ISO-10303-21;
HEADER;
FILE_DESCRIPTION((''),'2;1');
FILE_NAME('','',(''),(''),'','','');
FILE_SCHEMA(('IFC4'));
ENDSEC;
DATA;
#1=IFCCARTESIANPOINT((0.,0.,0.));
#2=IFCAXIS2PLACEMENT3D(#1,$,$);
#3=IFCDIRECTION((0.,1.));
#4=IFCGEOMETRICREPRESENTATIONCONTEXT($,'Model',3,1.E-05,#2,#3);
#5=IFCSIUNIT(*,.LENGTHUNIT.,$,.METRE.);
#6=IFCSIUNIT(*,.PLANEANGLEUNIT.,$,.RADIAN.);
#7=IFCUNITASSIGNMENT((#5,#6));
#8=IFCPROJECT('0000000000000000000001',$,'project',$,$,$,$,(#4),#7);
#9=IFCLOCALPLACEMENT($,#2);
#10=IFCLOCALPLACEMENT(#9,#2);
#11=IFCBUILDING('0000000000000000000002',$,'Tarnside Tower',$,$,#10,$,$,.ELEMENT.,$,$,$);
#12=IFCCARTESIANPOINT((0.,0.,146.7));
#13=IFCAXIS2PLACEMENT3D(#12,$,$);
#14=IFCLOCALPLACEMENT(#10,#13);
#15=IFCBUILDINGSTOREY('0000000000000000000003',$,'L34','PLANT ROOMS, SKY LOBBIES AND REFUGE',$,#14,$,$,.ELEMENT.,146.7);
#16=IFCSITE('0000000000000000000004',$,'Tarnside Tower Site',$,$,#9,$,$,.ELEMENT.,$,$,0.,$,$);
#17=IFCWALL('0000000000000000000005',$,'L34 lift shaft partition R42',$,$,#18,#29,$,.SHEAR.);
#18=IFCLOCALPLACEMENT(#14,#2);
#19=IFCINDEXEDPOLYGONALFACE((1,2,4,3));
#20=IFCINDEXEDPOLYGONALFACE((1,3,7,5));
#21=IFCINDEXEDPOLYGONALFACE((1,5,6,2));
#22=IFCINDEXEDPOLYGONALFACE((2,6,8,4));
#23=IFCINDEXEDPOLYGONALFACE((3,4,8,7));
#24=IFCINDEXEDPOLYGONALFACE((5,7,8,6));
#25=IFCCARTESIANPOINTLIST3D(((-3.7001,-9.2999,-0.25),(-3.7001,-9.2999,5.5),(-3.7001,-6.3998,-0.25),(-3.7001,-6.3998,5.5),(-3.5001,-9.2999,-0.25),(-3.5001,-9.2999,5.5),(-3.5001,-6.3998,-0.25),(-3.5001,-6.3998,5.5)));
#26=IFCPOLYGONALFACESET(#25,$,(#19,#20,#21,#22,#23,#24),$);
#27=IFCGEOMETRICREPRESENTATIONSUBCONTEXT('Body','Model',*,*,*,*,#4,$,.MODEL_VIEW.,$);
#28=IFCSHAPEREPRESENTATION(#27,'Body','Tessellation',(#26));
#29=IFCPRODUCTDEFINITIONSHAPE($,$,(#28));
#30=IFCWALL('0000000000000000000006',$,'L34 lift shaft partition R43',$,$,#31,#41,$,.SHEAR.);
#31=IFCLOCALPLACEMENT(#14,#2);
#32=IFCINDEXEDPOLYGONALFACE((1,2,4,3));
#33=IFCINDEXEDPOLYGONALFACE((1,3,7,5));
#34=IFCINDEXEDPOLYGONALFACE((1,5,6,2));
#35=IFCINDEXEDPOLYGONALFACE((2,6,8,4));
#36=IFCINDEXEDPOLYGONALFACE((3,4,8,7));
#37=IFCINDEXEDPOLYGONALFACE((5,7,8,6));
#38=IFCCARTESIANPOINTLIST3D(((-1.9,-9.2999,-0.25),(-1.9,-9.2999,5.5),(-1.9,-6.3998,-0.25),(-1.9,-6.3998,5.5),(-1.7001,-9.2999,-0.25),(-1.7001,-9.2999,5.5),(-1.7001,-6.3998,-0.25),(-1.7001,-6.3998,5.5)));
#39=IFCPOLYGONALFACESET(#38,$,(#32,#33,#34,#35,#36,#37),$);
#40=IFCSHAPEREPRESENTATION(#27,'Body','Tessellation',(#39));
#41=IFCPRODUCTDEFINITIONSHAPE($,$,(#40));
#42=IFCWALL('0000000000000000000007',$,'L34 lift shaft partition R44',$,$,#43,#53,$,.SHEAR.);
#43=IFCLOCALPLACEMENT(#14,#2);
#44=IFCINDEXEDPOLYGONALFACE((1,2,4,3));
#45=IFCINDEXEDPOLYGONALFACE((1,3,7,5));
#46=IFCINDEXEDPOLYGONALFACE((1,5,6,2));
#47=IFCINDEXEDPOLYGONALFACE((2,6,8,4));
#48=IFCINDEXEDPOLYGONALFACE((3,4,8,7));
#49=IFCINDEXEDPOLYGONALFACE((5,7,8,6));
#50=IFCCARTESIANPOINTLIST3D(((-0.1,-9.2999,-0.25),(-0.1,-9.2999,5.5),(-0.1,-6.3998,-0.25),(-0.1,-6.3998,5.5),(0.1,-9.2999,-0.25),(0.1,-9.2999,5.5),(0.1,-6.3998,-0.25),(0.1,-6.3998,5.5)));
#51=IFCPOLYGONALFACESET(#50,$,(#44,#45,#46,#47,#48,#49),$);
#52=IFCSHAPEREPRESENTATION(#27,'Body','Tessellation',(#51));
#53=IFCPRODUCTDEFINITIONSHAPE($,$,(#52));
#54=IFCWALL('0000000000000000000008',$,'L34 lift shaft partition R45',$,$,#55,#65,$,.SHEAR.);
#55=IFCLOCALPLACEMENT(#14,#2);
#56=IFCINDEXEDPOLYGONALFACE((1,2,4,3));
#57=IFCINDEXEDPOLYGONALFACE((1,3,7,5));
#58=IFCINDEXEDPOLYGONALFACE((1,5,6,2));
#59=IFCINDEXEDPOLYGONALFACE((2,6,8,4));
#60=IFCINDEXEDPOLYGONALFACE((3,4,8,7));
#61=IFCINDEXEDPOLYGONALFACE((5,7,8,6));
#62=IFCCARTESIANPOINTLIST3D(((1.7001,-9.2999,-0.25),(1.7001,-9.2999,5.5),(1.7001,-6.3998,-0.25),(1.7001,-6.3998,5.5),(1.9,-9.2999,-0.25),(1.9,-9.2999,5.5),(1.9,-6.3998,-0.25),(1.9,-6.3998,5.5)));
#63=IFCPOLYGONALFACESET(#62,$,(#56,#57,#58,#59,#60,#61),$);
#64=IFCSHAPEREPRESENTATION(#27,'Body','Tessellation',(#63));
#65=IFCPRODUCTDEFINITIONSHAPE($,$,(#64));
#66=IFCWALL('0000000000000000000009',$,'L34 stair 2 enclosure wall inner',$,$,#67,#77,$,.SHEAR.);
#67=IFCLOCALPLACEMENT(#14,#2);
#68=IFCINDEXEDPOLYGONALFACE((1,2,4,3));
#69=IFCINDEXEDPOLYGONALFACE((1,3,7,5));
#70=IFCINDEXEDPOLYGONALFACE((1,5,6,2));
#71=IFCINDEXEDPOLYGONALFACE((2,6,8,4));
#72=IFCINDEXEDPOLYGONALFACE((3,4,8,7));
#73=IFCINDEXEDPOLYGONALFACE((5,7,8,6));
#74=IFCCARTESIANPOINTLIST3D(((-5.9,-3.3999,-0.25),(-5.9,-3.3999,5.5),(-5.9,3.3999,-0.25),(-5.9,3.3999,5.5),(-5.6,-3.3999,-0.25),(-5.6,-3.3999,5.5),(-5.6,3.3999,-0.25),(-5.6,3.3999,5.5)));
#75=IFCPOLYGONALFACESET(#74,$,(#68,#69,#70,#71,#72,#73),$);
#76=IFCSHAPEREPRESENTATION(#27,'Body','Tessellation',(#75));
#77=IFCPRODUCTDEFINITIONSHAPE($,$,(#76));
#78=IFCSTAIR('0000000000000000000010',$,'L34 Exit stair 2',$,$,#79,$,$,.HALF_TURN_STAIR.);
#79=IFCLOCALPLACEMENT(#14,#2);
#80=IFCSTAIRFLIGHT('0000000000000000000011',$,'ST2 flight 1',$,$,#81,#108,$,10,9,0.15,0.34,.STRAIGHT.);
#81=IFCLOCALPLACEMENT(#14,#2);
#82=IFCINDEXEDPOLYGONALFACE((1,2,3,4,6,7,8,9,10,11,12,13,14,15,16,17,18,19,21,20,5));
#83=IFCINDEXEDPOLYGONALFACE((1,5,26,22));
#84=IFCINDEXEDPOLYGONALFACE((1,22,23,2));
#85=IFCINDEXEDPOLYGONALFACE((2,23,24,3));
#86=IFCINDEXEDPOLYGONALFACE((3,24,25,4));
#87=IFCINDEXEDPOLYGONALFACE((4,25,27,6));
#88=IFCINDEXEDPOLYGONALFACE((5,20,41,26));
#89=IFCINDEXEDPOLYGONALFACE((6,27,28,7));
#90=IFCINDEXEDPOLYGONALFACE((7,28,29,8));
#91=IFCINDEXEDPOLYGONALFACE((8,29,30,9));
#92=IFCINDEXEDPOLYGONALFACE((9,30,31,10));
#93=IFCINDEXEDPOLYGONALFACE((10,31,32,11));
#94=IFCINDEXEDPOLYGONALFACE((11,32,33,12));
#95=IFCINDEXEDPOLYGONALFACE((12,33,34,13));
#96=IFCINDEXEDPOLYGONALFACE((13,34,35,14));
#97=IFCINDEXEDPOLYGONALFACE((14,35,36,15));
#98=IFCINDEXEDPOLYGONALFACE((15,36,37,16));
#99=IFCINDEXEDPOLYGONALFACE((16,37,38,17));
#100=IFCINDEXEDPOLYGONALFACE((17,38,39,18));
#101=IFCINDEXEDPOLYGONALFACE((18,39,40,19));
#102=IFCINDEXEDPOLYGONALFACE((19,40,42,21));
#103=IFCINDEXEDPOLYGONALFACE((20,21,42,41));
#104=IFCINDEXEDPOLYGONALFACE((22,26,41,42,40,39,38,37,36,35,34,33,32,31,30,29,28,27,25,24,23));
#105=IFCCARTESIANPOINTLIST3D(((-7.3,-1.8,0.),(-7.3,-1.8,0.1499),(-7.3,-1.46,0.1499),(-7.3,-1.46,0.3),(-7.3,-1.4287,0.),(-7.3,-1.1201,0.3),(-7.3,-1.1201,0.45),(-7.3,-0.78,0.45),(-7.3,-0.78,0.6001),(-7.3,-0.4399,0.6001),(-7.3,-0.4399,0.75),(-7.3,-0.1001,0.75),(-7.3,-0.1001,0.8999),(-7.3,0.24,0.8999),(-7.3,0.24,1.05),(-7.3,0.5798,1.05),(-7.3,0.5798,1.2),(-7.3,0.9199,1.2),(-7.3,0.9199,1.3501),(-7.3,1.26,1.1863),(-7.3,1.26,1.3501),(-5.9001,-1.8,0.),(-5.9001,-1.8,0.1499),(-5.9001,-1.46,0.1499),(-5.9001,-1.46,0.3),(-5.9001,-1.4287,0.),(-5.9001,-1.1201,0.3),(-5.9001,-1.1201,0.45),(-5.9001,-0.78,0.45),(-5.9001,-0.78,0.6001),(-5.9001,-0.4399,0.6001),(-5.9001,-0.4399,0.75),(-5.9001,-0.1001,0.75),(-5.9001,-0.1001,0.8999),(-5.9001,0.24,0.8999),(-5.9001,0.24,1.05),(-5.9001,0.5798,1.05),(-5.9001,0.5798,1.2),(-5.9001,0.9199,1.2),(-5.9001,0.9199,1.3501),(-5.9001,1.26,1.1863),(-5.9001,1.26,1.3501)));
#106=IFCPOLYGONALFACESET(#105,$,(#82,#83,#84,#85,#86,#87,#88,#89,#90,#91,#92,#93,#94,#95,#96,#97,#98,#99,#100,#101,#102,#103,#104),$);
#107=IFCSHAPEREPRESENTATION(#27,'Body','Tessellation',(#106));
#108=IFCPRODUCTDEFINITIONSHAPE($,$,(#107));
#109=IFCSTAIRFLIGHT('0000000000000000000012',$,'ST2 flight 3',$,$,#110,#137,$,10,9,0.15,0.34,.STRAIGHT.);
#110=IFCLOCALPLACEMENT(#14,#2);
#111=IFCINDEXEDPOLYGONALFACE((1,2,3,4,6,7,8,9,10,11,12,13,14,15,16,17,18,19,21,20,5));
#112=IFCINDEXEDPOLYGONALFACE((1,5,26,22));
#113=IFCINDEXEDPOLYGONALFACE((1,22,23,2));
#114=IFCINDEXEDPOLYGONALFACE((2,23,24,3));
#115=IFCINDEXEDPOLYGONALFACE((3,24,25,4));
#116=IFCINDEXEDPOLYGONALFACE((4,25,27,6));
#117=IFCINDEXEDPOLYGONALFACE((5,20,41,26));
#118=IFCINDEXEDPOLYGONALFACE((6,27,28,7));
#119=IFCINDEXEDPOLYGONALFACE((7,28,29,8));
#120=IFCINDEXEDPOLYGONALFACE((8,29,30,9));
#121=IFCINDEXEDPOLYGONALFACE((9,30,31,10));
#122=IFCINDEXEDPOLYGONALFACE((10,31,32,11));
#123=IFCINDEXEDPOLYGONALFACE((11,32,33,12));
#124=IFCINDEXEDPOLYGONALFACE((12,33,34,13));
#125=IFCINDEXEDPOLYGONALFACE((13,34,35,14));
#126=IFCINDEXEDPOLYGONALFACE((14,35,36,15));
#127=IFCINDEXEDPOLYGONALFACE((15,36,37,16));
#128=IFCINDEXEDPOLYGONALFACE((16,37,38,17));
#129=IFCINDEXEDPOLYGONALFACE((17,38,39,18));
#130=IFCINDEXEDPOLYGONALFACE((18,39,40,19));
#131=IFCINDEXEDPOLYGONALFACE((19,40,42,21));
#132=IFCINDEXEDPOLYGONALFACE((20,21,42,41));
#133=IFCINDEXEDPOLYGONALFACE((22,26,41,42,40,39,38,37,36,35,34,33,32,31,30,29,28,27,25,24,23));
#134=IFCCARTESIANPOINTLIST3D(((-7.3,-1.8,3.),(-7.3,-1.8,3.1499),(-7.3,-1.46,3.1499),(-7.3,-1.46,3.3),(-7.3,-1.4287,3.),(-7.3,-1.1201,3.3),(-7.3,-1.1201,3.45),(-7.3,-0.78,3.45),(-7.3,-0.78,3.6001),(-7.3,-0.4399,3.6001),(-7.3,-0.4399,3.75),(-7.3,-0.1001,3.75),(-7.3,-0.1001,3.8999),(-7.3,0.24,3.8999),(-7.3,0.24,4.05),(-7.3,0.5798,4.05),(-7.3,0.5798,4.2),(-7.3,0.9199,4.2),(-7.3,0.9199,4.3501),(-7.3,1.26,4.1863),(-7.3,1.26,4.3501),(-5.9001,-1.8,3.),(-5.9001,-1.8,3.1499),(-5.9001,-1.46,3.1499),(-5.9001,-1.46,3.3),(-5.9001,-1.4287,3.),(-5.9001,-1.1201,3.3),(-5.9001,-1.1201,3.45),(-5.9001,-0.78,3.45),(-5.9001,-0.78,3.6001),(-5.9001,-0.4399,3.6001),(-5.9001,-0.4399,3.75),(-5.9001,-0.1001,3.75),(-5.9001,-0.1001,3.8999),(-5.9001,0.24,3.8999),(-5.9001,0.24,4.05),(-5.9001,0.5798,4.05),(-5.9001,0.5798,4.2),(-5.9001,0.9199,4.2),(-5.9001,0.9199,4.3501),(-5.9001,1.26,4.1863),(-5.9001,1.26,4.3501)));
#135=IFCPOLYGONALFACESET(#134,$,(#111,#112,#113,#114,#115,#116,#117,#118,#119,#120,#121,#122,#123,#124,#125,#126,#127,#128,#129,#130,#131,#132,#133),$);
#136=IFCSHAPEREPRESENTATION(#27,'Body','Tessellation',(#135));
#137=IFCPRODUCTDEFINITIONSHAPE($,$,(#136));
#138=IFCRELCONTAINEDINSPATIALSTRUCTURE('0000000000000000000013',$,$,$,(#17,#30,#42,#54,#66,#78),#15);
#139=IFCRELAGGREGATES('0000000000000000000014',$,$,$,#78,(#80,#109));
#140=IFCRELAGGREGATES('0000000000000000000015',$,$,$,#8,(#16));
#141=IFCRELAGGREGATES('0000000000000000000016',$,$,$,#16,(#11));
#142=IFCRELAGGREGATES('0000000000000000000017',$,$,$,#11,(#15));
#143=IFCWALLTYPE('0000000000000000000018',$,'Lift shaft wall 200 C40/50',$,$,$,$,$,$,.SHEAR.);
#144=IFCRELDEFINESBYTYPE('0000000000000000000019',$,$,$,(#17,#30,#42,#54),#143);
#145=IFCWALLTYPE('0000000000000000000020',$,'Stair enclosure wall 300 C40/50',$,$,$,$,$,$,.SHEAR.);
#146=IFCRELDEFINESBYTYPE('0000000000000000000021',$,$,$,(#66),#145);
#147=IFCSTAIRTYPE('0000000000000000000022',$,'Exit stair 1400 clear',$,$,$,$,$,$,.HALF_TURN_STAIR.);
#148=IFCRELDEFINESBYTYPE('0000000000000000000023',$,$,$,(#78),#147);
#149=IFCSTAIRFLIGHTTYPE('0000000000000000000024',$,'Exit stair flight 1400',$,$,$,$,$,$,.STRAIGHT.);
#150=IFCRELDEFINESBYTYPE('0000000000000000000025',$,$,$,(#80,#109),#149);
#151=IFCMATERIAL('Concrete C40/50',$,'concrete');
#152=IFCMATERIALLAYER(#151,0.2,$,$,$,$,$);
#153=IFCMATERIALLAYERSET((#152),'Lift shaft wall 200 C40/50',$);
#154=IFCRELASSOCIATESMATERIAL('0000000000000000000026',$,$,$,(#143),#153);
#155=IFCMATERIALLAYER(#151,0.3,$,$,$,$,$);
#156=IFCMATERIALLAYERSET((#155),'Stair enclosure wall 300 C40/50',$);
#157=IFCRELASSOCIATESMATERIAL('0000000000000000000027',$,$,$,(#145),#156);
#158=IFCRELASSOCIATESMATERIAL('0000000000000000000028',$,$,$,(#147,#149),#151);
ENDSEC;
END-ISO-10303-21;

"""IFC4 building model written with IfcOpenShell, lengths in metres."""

from ifc_helpers import new_model, si_unit, direction, frame, frame_2d, origin, place, context, subcontext, project, spatial, polyline, rectangle, outline, extrude, material, layer, layer_set, type_object, element, aggregate, save


model = new_model("IFC4")

# Units and contexts
model_context = context("Model", 3, precision=1e-05, world=origin(), true_north=direction((0.0, 1.0)))
body_context = subcontext(model_context, "Body", "Model", "MODEL_VIEW")
ifc_project = project(units=[si_unit("LENGTHUNIT", "METRE"), si_unit("PLANEANGLEUNIT", "RADIAN")], contexts=[model_context])

# Site, building, storey
site_placement = place(None, origin())
site = spatial("IfcSite", under=ifc_project, at=site_placement, Name="Tarnside Tower Site", CompositionType="ELEMENT", RefElevation=0.0)
building_placement = place(site_placement, origin())
building = spatial("IfcBuilding", under=site, at=building_placement, Name="Tarnside Tower", CompositionType="ELEMENT")
storey_placement = place(building_placement, frame((0.0, 0.0, 146.7)))
storey = spatial("IfcBuildingStorey", under=building, at=storey_placement, Name="L34", Description="PLANT ROOMS, SKY LOBBIES AND REFUGE", CompositionType="ELEMENT", Elevation=146.7)

# Shared definitions
ifc_material_1 = material(Name="Concrete C40/50", Category="concrete")

# Shared definitions
ifc_layer_1 = layer(ifc_material_1, 0.2)
ifc_layer_set_1 = layer_set([ifc_layer_1], Name="Lift shaft wall 200 C40/50")
wall_type_1 = type_object("IfcWallType", Name="Lift shaft wall 200 C40/50", PredefinedType="SHEAR", material=ifc_layer_set_1)

# Walls
for number, where, z_axis, x_axis, name in (
    (1, (-3.6001, -9.3, -0.25), (0.0, 0.0, 1.0), (0.0, 1.0, 0.0), "L34 lift shaft partition R42"),
    (2, (-1.8, -9.3, -0.25), (0.0, 0.0, 1.0), (0.0, 1.0, 0.0), "L34 lift shaft partition R43"),
    (3, (0.0, -9.3, -0.25), (0.0, 0.0, 1.0), (0.0, 1.0, 0.0), "L34 lift shaft partition R44"),
    (4, (1.8, -9.3, -0.25), (0.0, 0.0, 1.0), (0.0, 1.0, 0.0), "L34 lift shaft partition R45"),
):
    element("IfcWall", number, at=place(storey_placement, frame(where, z_axis=z_axis, x_axis=x_axis)), inside=storey, type_object=wall_type_1, Name=name, PredefinedType="SHEAR", context=body_context, shape_type="SweptSolid", body=[
        extrude(rectangle(XDim=2.9001, YDim=0.2, at=frame_2d((1.4502, 0.0))), origin(), (0.0, 0.0, 1.0), 5.75),
    ])
ifc_layer_2 = layer(ifc_material_1, 0.3)
ifc_layer_set_2 = layer_set([ifc_layer_2], Name="Stair enclosure wall 300 C40/50")
wall_type_2 = type_object("IfcWallType", Name="Stair enclosure wall 300 C40/50", PredefinedType="SHEAR", material=ifc_layer_set_2)
wall_1_placement = place(storey_placement, frame((-5.75, -3.3999, -0.25), z_axis=(0.0, 0.0, 1.0), x_axis=(0.0, 1.0, 0.0)))
element("IfcWall", 5, at=wall_1_placement, inside=storey, type_object=wall_type_2, Name="L34 stair 2 enclosure wall inner", PredefinedType="SHEAR", context=body_context, shape_type="SweptSolid", body=[
    extrude(rectangle(XDim=6.7998, YDim=0.3, at=frame_2d((3.3999, 0.0))), origin(), (0.0, 0.0, 1.0), 5.75),
])

# Stair, stair flights
stair_type = type_object("IfcStairType", Name="Exit stair 1400 clear", PredefinedType="HALF_TURN_STAIR", material=ifc_material_1)
stair_placement = place(storey_placement, origin())
stair = element("IfcStair", 6, at=stair_placement, inside=storey, type_object=stair_type, Name="L34 Exit stair 2", PredefinedType="HALF_TURN_STAIR")
stair_flight_type = type_object("IfcStairFlightType", Name="Exit stair flight 1400", PredefinedType="STRAIGHT", material=ifc_material_1)
stair_flight_1_placement = place(storey_placement, frame((-6.6001, -1.8, 0.0), z_axis=(0.0, 0.0, 1.0), x_axis=(0.0, 1.0, 0.0)))
stair_flight_1 = element("IfcStairFlight", 7, at=stair_flight_1_placement, type_object=stair_flight_type, Name="ST2 flight 1", NumberOfRisers=10, NumberOfTreads=9, PredefinedType="STRAIGHT", RiserHeight=0.15, TreadLength=0.34, context=body_context, shape_type="SweptSolid", body=[
    extrude(outline(polyline([(0.0, 0.0), (0.0, 0.1499), (0.3401, 0.1499), (0.3401, 0.3), (0.6799, 0.3), (0.6799, 0.45), (1.02, 0.45), (1.02, 0.6001), (1.3601, 0.6001), (1.3601, 0.75), (1.7, 0.75), (1.7, 0.8999), (2.04, 0.8999), (2.04, 1.05), (2.3799, 1.05), (2.3799, 1.2), (2.72, 1.2), (2.72, 1.3501), (3.0601, 1.3501), (3.0601, 1.5), (3.0601, 1.1863), (0.3713, 0.0), (0.0, 0.0)])), frame((0.0, 0.7, 0.0), z_axis=(0.0, -1.0, 0.0), x_axis=(1.0, 0.0, 0.0)), (0.0, 0.0, 1.0), 1.3999),
])
stair_flight_2_placement = place(storey_placement, frame((-6.6001, -1.8, 3.0), z_axis=(0.0, 0.0, 1.0), x_axis=(0.0, 1.0, 0.0)))
stair_flight_2 = element("IfcStairFlight", 8, at=stair_flight_2_placement, type_object=stair_flight_type, Name="ST2 flight 3", NumberOfRisers=10, NumberOfTreads=9, PredefinedType="STRAIGHT", RiserHeight=0.15, TreadLength=0.34, context=body_context, shape_type="SweptSolid", body=[
    extrude(outline(polyline([(0.0, 0.0), (0.0, 0.1499), (0.3401, 0.1499), (0.3401, 0.3), (0.6799, 0.3), (0.6799, 0.45), (1.02, 0.45), (1.02, 0.6001), (1.3601, 0.6001), (1.3601, 0.75), (1.7, 0.75), (1.7, 0.8999), (2.04, 0.8999), (2.04, 1.05), (2.3799, 1.05), (2.3799, 1.2), (2.72, 1.2), (2.72, 1.3501), (3.0601, 1.3501), (3.0601, 1.5), (3.0601, 1.1863), (0.3713, 0.0), (0.0, 0.0)])), frame((0.0, 0.7, 0.0), z_axis=(0.0, -1.0, 0.0), x_axis=(1.0, 0.0, 0.0)), (0.0, 0.0, 1.0), 1.3999),
])
aggregate(stair, [stair_flight_1, stair_flight_2])

save(model, "model.ifc")
